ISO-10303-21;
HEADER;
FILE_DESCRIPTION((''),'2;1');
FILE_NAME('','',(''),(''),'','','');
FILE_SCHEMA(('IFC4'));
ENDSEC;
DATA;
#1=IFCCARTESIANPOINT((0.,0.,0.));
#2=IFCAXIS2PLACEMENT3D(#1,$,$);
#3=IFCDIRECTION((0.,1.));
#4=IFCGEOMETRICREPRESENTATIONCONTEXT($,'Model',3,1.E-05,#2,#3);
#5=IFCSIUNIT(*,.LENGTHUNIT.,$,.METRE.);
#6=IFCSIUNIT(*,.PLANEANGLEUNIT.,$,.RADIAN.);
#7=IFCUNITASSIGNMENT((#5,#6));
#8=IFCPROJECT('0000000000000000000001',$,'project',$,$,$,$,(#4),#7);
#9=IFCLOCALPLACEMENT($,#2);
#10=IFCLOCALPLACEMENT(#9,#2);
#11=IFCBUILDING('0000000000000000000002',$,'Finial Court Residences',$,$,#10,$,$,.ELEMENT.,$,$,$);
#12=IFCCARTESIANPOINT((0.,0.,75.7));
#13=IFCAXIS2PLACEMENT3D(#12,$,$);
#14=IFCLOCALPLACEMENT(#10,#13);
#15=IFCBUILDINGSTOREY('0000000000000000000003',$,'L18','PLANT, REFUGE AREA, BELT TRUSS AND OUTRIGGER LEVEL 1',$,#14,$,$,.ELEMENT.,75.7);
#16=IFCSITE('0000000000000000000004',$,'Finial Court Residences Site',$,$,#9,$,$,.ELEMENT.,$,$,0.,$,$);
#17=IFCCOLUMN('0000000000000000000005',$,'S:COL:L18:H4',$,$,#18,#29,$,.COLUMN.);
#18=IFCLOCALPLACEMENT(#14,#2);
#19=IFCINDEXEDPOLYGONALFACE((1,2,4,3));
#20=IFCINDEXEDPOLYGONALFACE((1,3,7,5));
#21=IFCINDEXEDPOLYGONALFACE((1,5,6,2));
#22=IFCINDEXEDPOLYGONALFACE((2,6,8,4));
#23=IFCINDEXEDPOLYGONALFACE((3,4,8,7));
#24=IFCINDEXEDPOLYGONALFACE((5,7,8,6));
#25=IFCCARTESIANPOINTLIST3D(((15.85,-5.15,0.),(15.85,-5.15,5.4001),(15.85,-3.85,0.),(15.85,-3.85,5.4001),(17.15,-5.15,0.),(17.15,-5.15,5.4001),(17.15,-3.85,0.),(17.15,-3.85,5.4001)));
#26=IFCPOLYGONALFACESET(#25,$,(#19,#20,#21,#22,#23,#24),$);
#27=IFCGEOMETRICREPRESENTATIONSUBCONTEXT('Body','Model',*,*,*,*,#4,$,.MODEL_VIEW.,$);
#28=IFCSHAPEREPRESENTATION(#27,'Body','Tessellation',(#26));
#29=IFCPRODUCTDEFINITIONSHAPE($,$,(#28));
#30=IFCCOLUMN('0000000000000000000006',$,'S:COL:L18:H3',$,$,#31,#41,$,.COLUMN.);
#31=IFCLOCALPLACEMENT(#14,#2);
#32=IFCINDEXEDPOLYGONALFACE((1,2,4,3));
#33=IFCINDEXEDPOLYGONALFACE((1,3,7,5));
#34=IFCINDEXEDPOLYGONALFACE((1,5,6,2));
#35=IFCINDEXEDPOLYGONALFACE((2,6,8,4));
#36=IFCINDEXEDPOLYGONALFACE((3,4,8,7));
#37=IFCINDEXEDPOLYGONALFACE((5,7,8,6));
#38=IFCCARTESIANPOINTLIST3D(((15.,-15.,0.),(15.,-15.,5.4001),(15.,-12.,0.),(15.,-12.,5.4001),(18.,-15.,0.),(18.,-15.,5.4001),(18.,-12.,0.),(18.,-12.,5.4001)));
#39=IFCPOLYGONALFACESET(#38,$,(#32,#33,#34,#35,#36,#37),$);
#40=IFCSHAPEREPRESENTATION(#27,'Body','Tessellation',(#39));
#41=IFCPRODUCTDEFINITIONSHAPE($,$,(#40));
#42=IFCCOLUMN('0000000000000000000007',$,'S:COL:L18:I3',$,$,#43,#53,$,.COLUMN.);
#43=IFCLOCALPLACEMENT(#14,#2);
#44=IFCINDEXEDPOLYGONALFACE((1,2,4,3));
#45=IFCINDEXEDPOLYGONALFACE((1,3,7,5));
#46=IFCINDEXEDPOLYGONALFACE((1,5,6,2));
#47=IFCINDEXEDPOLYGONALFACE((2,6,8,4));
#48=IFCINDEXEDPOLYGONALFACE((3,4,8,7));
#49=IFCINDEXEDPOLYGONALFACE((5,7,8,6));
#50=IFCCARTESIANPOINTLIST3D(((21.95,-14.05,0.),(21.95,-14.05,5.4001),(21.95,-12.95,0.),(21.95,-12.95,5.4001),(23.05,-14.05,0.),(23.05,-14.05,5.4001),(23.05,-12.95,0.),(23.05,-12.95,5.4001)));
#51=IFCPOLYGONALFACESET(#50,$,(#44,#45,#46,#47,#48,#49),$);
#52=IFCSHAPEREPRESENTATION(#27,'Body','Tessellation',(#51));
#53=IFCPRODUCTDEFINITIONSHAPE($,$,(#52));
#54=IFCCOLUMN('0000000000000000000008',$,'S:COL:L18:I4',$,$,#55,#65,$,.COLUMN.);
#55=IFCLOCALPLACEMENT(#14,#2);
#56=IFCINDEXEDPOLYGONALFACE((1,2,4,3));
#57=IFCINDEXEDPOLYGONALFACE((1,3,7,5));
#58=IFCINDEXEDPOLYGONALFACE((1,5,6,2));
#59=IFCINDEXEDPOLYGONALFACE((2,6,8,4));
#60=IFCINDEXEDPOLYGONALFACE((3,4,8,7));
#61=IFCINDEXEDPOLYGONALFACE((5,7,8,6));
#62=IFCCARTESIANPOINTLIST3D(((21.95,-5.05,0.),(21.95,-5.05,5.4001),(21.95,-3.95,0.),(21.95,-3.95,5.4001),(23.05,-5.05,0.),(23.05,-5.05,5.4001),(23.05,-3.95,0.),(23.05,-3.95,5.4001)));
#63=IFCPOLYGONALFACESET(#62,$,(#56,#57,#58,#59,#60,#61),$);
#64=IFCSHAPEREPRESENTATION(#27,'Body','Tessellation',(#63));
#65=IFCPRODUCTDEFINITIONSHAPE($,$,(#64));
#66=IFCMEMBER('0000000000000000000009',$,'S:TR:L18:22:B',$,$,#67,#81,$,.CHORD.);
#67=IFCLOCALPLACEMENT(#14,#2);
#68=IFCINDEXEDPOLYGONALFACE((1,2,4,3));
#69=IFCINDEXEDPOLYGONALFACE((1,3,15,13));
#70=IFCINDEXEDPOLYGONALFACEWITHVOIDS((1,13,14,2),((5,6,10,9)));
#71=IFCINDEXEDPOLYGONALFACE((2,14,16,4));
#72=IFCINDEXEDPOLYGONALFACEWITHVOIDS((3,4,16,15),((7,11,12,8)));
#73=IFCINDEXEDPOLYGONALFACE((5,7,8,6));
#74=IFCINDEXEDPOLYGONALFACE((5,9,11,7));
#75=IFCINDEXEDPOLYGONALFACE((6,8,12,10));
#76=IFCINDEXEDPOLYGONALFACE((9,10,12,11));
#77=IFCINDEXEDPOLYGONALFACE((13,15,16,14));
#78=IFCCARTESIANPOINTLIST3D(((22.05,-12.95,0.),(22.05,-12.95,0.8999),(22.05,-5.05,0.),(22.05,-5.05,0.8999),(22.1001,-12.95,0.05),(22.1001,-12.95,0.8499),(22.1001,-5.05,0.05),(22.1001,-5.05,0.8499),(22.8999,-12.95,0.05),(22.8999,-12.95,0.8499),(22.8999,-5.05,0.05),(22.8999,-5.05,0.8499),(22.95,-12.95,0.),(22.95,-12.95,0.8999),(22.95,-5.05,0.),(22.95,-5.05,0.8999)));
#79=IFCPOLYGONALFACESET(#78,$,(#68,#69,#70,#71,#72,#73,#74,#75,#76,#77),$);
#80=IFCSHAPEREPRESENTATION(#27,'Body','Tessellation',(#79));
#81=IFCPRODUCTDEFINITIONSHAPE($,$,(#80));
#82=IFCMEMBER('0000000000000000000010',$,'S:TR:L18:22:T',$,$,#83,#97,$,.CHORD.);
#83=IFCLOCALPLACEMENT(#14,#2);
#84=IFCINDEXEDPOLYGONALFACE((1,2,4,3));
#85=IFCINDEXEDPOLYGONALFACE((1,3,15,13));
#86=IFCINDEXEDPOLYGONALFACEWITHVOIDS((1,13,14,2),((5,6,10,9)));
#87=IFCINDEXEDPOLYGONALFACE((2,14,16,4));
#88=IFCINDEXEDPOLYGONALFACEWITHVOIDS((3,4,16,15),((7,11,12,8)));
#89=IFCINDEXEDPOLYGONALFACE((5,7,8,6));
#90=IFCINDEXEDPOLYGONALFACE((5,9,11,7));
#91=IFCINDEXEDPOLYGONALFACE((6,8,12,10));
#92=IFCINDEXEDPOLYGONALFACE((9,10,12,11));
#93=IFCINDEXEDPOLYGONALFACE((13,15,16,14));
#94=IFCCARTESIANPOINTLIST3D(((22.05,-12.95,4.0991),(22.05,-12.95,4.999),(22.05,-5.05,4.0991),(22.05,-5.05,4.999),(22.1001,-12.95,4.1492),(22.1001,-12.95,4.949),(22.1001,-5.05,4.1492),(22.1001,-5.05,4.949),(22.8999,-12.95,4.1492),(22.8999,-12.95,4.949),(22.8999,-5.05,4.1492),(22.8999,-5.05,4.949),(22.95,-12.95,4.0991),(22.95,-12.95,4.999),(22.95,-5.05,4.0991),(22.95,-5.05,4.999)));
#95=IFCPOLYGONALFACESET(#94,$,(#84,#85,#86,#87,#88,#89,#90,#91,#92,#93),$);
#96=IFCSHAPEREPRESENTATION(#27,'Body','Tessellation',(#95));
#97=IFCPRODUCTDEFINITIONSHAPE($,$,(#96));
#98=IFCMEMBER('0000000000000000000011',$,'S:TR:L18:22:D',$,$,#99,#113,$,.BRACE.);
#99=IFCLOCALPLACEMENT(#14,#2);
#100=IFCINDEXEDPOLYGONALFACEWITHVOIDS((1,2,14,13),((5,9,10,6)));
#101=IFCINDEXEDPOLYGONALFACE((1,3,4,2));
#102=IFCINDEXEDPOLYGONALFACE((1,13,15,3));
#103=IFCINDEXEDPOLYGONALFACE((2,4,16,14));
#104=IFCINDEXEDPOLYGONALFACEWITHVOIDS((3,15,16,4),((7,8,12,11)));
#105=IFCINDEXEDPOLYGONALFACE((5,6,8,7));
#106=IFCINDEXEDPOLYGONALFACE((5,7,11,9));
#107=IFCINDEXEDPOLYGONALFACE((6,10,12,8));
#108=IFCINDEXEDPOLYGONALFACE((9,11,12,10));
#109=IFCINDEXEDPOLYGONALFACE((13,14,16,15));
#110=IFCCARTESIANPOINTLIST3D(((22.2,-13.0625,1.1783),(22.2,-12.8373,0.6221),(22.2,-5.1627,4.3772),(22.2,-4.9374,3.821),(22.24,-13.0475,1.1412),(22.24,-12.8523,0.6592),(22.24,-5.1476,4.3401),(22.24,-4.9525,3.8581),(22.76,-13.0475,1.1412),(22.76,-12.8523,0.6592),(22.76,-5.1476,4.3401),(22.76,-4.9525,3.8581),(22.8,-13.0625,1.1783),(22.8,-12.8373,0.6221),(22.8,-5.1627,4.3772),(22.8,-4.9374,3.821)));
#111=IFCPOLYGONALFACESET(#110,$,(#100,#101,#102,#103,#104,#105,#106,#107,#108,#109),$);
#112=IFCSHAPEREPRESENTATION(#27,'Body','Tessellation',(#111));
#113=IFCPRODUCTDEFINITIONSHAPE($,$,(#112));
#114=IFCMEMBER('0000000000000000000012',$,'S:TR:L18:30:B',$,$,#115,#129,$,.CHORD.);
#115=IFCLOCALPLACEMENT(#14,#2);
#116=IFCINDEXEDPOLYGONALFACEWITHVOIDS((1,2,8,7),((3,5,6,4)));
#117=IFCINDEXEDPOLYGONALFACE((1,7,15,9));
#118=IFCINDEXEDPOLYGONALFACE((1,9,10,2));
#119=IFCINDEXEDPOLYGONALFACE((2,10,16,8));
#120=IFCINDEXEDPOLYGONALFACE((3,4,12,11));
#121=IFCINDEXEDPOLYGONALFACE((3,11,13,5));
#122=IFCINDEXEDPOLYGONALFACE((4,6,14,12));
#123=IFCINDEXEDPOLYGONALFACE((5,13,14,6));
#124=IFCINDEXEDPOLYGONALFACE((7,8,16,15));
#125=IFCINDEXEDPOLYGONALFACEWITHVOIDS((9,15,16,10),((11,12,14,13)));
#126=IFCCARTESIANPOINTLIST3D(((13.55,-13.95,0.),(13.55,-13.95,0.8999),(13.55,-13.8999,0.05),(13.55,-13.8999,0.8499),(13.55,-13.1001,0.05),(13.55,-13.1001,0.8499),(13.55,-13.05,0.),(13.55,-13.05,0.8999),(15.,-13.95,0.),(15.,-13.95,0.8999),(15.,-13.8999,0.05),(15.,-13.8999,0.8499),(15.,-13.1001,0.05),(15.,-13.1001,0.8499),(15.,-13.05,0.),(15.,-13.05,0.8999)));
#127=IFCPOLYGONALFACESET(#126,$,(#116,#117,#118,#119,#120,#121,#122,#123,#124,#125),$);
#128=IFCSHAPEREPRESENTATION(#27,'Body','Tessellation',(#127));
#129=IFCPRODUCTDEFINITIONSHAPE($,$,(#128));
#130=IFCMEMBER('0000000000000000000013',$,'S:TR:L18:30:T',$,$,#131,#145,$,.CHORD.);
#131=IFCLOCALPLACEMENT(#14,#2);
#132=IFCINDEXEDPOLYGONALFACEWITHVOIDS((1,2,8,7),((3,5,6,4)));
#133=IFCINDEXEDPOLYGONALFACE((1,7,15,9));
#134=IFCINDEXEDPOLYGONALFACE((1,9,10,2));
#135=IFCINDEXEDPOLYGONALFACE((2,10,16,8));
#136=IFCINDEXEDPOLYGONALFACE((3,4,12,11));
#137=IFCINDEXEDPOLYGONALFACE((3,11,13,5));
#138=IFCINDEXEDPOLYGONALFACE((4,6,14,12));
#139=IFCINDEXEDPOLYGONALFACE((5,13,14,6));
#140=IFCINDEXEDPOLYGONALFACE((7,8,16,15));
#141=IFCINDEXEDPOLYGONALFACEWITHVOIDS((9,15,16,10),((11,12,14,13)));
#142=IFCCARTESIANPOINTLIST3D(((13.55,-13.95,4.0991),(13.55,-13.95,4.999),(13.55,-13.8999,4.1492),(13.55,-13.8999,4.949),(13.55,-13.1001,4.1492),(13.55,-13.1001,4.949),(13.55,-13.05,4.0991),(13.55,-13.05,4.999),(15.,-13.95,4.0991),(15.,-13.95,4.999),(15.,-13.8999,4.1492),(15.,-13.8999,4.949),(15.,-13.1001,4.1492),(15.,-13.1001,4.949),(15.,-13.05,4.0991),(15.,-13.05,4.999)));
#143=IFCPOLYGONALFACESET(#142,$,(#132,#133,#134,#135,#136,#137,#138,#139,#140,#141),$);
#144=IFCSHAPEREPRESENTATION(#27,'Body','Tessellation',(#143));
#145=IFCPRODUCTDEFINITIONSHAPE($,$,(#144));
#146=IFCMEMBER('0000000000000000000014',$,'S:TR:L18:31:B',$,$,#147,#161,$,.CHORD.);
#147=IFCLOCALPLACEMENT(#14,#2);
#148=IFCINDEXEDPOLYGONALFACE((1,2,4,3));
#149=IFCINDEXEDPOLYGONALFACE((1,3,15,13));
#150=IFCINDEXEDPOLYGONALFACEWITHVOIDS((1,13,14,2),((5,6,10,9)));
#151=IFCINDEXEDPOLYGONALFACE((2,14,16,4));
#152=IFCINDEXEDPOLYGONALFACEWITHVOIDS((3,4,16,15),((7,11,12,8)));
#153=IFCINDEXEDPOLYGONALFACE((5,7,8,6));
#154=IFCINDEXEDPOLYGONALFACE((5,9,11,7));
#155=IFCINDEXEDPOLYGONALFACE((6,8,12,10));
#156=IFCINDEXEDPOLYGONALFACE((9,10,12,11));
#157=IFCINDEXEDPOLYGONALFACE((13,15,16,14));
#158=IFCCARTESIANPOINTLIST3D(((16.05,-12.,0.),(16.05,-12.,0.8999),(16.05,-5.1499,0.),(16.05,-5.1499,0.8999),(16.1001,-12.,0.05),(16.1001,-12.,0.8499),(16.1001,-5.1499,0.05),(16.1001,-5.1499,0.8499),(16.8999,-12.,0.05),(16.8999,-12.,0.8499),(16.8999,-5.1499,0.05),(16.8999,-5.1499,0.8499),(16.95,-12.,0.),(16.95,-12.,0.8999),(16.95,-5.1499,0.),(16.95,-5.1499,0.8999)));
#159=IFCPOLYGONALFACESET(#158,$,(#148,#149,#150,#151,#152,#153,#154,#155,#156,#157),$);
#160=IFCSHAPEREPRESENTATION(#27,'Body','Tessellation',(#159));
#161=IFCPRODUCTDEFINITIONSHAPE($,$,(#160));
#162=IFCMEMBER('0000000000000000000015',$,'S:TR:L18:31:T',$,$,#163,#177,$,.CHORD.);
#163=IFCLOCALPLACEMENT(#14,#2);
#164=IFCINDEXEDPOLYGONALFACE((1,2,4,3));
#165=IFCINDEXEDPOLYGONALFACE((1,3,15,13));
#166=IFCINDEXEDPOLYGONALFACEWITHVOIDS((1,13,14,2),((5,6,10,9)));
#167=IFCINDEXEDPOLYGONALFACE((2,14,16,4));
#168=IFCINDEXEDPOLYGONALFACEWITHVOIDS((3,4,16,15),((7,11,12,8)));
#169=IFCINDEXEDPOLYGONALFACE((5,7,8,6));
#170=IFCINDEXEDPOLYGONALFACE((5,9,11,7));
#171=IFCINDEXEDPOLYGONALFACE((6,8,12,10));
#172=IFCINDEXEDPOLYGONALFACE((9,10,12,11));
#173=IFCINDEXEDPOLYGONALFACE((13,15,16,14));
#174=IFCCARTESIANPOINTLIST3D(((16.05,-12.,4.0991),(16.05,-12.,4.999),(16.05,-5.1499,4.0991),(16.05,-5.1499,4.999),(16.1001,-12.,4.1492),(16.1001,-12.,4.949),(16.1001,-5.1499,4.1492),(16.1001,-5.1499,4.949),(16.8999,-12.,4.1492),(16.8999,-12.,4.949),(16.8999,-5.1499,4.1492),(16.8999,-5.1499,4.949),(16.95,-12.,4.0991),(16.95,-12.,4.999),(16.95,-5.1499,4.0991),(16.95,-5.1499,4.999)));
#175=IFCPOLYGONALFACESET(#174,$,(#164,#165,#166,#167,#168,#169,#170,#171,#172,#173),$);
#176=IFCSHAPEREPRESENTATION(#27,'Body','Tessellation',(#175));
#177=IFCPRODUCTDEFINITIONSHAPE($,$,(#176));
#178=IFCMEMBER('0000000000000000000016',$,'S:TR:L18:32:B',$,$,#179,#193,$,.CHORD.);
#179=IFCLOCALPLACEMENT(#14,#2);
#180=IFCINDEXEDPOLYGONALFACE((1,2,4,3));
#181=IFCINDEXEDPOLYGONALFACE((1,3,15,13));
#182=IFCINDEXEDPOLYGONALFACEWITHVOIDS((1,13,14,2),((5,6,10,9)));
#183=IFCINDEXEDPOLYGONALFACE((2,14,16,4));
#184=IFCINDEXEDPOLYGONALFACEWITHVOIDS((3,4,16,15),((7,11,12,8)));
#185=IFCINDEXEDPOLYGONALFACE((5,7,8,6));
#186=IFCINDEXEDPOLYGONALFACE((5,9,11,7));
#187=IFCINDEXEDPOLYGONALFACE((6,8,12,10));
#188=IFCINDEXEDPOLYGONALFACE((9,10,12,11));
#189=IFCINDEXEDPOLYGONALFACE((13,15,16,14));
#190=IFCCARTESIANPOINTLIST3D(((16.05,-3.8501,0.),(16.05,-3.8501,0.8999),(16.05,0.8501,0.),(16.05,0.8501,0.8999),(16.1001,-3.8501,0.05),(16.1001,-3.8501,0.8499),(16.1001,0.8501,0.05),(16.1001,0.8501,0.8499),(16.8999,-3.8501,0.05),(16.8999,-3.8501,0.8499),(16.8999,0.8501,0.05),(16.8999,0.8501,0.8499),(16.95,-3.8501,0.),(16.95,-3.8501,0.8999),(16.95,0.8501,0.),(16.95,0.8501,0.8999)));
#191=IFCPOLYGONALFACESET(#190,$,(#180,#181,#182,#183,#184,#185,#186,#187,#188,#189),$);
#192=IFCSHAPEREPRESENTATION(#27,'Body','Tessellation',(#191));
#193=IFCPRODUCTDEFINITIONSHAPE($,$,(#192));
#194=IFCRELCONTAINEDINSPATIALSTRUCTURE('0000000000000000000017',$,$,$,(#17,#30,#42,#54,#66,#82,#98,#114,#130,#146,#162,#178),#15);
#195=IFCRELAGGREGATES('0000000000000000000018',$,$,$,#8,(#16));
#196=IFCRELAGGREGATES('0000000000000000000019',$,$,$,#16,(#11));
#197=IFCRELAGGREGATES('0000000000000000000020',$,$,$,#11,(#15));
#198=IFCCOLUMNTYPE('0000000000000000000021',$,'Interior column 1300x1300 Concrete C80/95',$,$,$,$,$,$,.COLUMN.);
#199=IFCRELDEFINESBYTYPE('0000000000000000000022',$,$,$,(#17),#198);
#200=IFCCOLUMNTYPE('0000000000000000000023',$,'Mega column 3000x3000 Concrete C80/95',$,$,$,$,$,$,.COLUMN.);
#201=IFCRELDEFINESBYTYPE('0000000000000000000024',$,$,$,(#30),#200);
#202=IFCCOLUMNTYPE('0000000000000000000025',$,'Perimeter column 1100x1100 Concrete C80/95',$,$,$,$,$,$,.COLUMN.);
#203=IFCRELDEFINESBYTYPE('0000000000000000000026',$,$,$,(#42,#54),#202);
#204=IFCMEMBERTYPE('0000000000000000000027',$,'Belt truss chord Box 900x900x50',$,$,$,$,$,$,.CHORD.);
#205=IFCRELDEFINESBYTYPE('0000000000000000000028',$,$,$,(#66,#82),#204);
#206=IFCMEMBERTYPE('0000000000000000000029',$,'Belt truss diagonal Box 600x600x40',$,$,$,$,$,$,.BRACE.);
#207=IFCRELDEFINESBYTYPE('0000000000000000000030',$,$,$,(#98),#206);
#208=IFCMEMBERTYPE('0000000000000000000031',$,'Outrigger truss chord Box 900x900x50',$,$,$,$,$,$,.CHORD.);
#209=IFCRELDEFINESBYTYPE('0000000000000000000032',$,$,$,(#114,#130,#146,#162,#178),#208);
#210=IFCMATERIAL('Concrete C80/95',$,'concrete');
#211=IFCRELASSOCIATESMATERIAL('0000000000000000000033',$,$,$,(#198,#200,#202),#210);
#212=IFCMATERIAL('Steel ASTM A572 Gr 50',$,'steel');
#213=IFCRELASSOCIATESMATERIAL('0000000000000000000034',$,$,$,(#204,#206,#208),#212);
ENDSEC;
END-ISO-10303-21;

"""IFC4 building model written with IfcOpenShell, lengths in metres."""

from ifc_helpers import new_model, si_unit, direction, frame, origin, origin_2d, place, context, subcontext, project, spatial, rectangle, hollow_rectangle, extrude, material, material_profile, profile_set, type_object, element, save


model = new_model("IFC4")

# Units and contexts
model_context = context("Model", 3, precision=1e-05, world=origin(), true_north=direction((0.0, 1.0)))
body_context = subcontext(model_context, "Body", "Model", "MODEL_VIEW")
ifc_project = project(units=[si_unit("LENGTHUNIT", "METRE"), si_unit("PLANEANGLEUNIT", "RADIAN")], contexts=[model_context])

# Site, building, storey
site_placement = place(None, origin())
site = spatial("IfcSite", under=ifc_project, at=site_placement, Name="Finial Court Residences Site", CompositionType="ELEMENT", RefElevation=0.0)
building_placement = place(site_placement, origin())
building = spatial("IfcBuilding", under=site, at=building_placement, Name="Finial Court Residences", CompositionType="ELEMENT")
storey_placement = place(building_placement, frame((0.0, 0.0, 75.7)))
storey = spatial("IfcBuildingStorey", under=building, at=storey_placement, Name="L18", Description="PLANT, REFUGE AREA, BELT TRUSS AND OUTRIGGER LEVEL 1", CompositionType="ELEMENT", Elevation=75.7)

# Columns
ifc_material_1 = material(Name="Concrete C80/95", Category="concrete")
ifc_material_profile_1 = material_profile(ifc_material_1, rectangle(XDim=1.3, YDim=1.3, at=origin_2d()), Name="1300x1300")
ifc_profile_set_1 = profile_set([ifc_material_profile_1], Name="Concrete C80/95")
column_type_1 = type_object("IfcColumnType", Name="Interior column 1300x1300 Concrete C80/95", PredefinedType="COLUMN", material=ifc_profile_set_1)
column_1_placement = place(storey_placement, frame((16.5, -4.5, 0.0), z_axis=(0.0, 0.0, 1.0), x_axis=(1.0, 0.0, 0.0)))
element("IfcColumn", 1, at=column_1_placement, inside=storey, type_object=column_type_1, Name="S:COL:L18:H4", PredefinedType="COLUMN", context=body_context, shape_type="SweptSolid", body=[
    extrude(rectangle(XDim=1.3, YDim=1.3, at=origin_2d()), origin(), (0.0, 0.0, 1.0), 5.4001),
])
ifc_material_profile_2 = material_profile(ifc_material_1, rectangle(XDim=3.0, YDim=3.0, at=origin_2d()), Name="3000x3000")
ifc_profile_set_2 = profile_set([ifc_material_profile_2], Name="Concrete C80/95")
column_type_2 = type_object("IfcColumnType", Name="Mega column 3000x3000 Concrete C80/95", PredefinedType="COLUMN", material=ifc_profile_set_2)
column_2_placement = place(storey_placement, frame((16.5, -13.5, 0.0), z_axis=(0.0, 0.0, 1.0), x_axis=(1.0, 0.0, 0.0)))
element("IfcColumn", 2, at=column_2_placement, inside=storey, type_object=column_type_2, Name="S:COL:L18:H3", PredefinedType="COLUMN", context=body_context, shape_type="SweptSolid", body=[
    extrude(rectangle(XDim=3.0, YDim=3.0, at=origin_2d()), origin(), (0.0, 0.0, 1.0), 5.4001),
])
ifc_material_profile_3 = material_profile(ifc_material_1, rectangle(XDim=1.1001, YDim=1.1001, at=origin_2d()), Name="1100x1100")
ifc_profile_set_3 = profile_set([ifc_material_profile_3], Name="Concrete C80/95")
column_type_3 = type_object("IfcColumnType", Name="Perimeter column 1100x1100 Concrete C80/95", PredefinedType="COLUMN", material=ifc_profile_set_3)
for number, where, z_axis, x_axis, name in (
    (3, (22.5, -13.5, 0.0), (0.0, 0.0, 1.0), (1.0, 0.0, 0.0), "S:COL:L18:I3"),
    (4, (22.5, -4.5, 0.0), (0.0, 0.0, 1.0), (1.0, 0.0, 0.0), "S:COL:L18:I4"),
):
    element("IfcColumn", number, at=place(storey_placement, frame(where, z_axis=z_axis, x_axis=x_axis)), inside=storey, type_object=column_type_3, Name=name, PredefinedType="COLUMN", context=body_context, shape_type="SweptSolid", body=[
        extrude(rectangle(XDim=1.1001, YDim=1.1001, at=origin_2d()), origin(), (0.0, 0.0, 1.0), 5.4001),
    ])

# Members
ifc_material_2 = material(Name="Steel ASTM A572 Gr 50", Category="steel")
ifc_material_profile_4 = material_profile(ifc_material_2, hollow_rectangle(XDim=0.8999, YDim=0.8999, WallThickness=0.05, at=origin_2d()), Name="Box 900x900x50")
ifc_profile_set_4 = profile_set([ifc_material_profile_4], Name="Steel ASTM A572 Gr 50")
member_type_1 = type_object("IfcMemberType", Name="Belt truss chord Box 900x900x50", PredefinedType="CHORD", material=ifc_profile_set_4)
for number, where, z_axis, x_axis, name in (
    (5, (22.5, -5.05, 0.45), (0.0, -1.0, 0.0), (1.0, 0.0, 0.0), "S:TR:L18:22:B"),
    (6, (22.5, -5.05, 4.5491), (0.0, -1.0, 0.0), (1.0, 0.0, 0.0), "S:TR:L18:22:T"),
):
    element("IfcMember", number, at=place(storey_placement, frame(where, z_axis=z_axis, x_axis=x_axis)), inside=storey, type_object=member_type_1, Name=name, PredefinedType="CHORD", context=body_context, shape_type="SweptSolid", body=[
        extrude(hollow_rectangle(XDim=0.8999, YDim=0.8999, WallThickness=0.05, at=origin_2d()), origin(), (0.0, 0.0, 1.0), 7.8999),
    ])
ifc_material_profile_5 = material_profile(ifc_material_2, hollow_rectangle(XDim=0.6001, YDim=0.6001, WallThickness=0.04, at=origin_2d()), Name="Box 600x600x40")
ifc_profile_set_5 = profile_set([ifc_material_profile_5], Name="Steel ASTM A572 Gr 50")
member_type_2 = type_object("IfcMemberType", Name="Belt truss diagonal Box 600x600x40", PredefinedType="BRACE", material=ifc_profile_set_5)
member_1_placement = place(storey_placement, frame((22.5, -5.05, 4.0991), z_axis=(0.0, -0.92689, -0.375333), x_axis=(1.0, 0.0, 0.0)))
element("IfcMember", 7, at=member_1_placement, inside=storey, type_object=member_type_2, Name="S:TR:L18:22:D", PredefinedType="BRACE", context=body_context, shape_type="SweptSolid", body=[
    extrude(hollow_rectangle(XDim=0.6001, YDim=0.6001, WallThickness=0.04, at=origin_2d()), origin(), (0.0, 0.0, 1.0), 8.5229),
])
ifc_material_profile_6 = material_profile(ifc_material_2, hollow_rectangle(XDim=0.8999, YDim=0.8999, WallThickness=0.05, at=origin_2d()), Name="Box 900x900x50")
ifc_profile_set_6 = profile_set([ifc_material_profile_6], Name="Steel ASTM A572 Gr 50")
member_type_3 = type_object("IfcMemberType", Name="Outrigger truss chord Box 900x900x50", PredefinedType="CHORD", material=ifc_profile_set_6)
for number, where, z_axis, x_axis, name in (
    (8, (13.55, -13.5, 0.45), (1.0, 0.0, 0.0), (0.0, 1.0, 0.0), "S:TR:L18:30:B"),
    (9, (13.55, -13.5, 4.5491), (1.0, 0.0, 0.0), (0.0, 1.0, 0.0), "S:TR:L18:30:T"),
):
    element("IfcMember", number, at=place(storey_placement, frame(where, z_axis=z_axis, x_axis=x_axis)), inside=storey, type_object=member_type_3, Name=name, PredefinedType="CHORD", context=body_context, shape_type="SweptSolid", body=[
        extrude(hollow_rectangle(XDim=0.8999, YDim=0.8999, WallThickness=0.05, at=origin_2d()), origin(), (0.0, 0.0, 1.0), 1.45),
    ])
for number, where, z_axis, x_axis, name in (
    (10, (16.5, -12.0, 0.45), (0.0, 1.0, 0.0), (-1.0, 0.0, 0.0), "S:TR:L18:31:B"),
    (11, (16.5, -12.0, 4.5491), (0.0, 1.0, 0.0), (-1.0, 0.0, 0.0), "S:TR:L18:31:T"),
):
    element("IfcMember", number, at=place(storey_placement, frame(where, z_axis=z_axis, x_axis=x_axis)), inside=storey, type_object=member_type_3, Name=name, PredefinedType="CHORD", context=body_context, shape_type="SweptSolid", body=[
        extrude(hollow_rectangle(XDim=0.8999, YDim=0.8999, WallThickness=0.05, at=origin_2d()), origin(), (0.0, 0.0, 1.0), 6.8501),
    ])
for number, where, z_axis, x_axis, name in (
    (12, (16.5, -3.8501, 0.45), (0.0, 1.0, 0.0), (-1.0, 0.0, 0.0), "S:TR:L18:32:B"),
):
    element("IfcMember", number, at=place(storey_placement, frame(where, z_axis=z_axis, x_axis=x_axis)), inside=storey, type_object=member_type_3, Name=name, PredefinedType="CHORD", context=body_context, shape_type="SweptSolid", body=[
        extrude(hollow_rectangle(XDim=0.8999, YDim=0.8999, WallThickness=0.05, at=origin_2d()), origin(), (0.0, 0.0, 1.0), 4.7002),
    ])

save(model, "model.ifc")
